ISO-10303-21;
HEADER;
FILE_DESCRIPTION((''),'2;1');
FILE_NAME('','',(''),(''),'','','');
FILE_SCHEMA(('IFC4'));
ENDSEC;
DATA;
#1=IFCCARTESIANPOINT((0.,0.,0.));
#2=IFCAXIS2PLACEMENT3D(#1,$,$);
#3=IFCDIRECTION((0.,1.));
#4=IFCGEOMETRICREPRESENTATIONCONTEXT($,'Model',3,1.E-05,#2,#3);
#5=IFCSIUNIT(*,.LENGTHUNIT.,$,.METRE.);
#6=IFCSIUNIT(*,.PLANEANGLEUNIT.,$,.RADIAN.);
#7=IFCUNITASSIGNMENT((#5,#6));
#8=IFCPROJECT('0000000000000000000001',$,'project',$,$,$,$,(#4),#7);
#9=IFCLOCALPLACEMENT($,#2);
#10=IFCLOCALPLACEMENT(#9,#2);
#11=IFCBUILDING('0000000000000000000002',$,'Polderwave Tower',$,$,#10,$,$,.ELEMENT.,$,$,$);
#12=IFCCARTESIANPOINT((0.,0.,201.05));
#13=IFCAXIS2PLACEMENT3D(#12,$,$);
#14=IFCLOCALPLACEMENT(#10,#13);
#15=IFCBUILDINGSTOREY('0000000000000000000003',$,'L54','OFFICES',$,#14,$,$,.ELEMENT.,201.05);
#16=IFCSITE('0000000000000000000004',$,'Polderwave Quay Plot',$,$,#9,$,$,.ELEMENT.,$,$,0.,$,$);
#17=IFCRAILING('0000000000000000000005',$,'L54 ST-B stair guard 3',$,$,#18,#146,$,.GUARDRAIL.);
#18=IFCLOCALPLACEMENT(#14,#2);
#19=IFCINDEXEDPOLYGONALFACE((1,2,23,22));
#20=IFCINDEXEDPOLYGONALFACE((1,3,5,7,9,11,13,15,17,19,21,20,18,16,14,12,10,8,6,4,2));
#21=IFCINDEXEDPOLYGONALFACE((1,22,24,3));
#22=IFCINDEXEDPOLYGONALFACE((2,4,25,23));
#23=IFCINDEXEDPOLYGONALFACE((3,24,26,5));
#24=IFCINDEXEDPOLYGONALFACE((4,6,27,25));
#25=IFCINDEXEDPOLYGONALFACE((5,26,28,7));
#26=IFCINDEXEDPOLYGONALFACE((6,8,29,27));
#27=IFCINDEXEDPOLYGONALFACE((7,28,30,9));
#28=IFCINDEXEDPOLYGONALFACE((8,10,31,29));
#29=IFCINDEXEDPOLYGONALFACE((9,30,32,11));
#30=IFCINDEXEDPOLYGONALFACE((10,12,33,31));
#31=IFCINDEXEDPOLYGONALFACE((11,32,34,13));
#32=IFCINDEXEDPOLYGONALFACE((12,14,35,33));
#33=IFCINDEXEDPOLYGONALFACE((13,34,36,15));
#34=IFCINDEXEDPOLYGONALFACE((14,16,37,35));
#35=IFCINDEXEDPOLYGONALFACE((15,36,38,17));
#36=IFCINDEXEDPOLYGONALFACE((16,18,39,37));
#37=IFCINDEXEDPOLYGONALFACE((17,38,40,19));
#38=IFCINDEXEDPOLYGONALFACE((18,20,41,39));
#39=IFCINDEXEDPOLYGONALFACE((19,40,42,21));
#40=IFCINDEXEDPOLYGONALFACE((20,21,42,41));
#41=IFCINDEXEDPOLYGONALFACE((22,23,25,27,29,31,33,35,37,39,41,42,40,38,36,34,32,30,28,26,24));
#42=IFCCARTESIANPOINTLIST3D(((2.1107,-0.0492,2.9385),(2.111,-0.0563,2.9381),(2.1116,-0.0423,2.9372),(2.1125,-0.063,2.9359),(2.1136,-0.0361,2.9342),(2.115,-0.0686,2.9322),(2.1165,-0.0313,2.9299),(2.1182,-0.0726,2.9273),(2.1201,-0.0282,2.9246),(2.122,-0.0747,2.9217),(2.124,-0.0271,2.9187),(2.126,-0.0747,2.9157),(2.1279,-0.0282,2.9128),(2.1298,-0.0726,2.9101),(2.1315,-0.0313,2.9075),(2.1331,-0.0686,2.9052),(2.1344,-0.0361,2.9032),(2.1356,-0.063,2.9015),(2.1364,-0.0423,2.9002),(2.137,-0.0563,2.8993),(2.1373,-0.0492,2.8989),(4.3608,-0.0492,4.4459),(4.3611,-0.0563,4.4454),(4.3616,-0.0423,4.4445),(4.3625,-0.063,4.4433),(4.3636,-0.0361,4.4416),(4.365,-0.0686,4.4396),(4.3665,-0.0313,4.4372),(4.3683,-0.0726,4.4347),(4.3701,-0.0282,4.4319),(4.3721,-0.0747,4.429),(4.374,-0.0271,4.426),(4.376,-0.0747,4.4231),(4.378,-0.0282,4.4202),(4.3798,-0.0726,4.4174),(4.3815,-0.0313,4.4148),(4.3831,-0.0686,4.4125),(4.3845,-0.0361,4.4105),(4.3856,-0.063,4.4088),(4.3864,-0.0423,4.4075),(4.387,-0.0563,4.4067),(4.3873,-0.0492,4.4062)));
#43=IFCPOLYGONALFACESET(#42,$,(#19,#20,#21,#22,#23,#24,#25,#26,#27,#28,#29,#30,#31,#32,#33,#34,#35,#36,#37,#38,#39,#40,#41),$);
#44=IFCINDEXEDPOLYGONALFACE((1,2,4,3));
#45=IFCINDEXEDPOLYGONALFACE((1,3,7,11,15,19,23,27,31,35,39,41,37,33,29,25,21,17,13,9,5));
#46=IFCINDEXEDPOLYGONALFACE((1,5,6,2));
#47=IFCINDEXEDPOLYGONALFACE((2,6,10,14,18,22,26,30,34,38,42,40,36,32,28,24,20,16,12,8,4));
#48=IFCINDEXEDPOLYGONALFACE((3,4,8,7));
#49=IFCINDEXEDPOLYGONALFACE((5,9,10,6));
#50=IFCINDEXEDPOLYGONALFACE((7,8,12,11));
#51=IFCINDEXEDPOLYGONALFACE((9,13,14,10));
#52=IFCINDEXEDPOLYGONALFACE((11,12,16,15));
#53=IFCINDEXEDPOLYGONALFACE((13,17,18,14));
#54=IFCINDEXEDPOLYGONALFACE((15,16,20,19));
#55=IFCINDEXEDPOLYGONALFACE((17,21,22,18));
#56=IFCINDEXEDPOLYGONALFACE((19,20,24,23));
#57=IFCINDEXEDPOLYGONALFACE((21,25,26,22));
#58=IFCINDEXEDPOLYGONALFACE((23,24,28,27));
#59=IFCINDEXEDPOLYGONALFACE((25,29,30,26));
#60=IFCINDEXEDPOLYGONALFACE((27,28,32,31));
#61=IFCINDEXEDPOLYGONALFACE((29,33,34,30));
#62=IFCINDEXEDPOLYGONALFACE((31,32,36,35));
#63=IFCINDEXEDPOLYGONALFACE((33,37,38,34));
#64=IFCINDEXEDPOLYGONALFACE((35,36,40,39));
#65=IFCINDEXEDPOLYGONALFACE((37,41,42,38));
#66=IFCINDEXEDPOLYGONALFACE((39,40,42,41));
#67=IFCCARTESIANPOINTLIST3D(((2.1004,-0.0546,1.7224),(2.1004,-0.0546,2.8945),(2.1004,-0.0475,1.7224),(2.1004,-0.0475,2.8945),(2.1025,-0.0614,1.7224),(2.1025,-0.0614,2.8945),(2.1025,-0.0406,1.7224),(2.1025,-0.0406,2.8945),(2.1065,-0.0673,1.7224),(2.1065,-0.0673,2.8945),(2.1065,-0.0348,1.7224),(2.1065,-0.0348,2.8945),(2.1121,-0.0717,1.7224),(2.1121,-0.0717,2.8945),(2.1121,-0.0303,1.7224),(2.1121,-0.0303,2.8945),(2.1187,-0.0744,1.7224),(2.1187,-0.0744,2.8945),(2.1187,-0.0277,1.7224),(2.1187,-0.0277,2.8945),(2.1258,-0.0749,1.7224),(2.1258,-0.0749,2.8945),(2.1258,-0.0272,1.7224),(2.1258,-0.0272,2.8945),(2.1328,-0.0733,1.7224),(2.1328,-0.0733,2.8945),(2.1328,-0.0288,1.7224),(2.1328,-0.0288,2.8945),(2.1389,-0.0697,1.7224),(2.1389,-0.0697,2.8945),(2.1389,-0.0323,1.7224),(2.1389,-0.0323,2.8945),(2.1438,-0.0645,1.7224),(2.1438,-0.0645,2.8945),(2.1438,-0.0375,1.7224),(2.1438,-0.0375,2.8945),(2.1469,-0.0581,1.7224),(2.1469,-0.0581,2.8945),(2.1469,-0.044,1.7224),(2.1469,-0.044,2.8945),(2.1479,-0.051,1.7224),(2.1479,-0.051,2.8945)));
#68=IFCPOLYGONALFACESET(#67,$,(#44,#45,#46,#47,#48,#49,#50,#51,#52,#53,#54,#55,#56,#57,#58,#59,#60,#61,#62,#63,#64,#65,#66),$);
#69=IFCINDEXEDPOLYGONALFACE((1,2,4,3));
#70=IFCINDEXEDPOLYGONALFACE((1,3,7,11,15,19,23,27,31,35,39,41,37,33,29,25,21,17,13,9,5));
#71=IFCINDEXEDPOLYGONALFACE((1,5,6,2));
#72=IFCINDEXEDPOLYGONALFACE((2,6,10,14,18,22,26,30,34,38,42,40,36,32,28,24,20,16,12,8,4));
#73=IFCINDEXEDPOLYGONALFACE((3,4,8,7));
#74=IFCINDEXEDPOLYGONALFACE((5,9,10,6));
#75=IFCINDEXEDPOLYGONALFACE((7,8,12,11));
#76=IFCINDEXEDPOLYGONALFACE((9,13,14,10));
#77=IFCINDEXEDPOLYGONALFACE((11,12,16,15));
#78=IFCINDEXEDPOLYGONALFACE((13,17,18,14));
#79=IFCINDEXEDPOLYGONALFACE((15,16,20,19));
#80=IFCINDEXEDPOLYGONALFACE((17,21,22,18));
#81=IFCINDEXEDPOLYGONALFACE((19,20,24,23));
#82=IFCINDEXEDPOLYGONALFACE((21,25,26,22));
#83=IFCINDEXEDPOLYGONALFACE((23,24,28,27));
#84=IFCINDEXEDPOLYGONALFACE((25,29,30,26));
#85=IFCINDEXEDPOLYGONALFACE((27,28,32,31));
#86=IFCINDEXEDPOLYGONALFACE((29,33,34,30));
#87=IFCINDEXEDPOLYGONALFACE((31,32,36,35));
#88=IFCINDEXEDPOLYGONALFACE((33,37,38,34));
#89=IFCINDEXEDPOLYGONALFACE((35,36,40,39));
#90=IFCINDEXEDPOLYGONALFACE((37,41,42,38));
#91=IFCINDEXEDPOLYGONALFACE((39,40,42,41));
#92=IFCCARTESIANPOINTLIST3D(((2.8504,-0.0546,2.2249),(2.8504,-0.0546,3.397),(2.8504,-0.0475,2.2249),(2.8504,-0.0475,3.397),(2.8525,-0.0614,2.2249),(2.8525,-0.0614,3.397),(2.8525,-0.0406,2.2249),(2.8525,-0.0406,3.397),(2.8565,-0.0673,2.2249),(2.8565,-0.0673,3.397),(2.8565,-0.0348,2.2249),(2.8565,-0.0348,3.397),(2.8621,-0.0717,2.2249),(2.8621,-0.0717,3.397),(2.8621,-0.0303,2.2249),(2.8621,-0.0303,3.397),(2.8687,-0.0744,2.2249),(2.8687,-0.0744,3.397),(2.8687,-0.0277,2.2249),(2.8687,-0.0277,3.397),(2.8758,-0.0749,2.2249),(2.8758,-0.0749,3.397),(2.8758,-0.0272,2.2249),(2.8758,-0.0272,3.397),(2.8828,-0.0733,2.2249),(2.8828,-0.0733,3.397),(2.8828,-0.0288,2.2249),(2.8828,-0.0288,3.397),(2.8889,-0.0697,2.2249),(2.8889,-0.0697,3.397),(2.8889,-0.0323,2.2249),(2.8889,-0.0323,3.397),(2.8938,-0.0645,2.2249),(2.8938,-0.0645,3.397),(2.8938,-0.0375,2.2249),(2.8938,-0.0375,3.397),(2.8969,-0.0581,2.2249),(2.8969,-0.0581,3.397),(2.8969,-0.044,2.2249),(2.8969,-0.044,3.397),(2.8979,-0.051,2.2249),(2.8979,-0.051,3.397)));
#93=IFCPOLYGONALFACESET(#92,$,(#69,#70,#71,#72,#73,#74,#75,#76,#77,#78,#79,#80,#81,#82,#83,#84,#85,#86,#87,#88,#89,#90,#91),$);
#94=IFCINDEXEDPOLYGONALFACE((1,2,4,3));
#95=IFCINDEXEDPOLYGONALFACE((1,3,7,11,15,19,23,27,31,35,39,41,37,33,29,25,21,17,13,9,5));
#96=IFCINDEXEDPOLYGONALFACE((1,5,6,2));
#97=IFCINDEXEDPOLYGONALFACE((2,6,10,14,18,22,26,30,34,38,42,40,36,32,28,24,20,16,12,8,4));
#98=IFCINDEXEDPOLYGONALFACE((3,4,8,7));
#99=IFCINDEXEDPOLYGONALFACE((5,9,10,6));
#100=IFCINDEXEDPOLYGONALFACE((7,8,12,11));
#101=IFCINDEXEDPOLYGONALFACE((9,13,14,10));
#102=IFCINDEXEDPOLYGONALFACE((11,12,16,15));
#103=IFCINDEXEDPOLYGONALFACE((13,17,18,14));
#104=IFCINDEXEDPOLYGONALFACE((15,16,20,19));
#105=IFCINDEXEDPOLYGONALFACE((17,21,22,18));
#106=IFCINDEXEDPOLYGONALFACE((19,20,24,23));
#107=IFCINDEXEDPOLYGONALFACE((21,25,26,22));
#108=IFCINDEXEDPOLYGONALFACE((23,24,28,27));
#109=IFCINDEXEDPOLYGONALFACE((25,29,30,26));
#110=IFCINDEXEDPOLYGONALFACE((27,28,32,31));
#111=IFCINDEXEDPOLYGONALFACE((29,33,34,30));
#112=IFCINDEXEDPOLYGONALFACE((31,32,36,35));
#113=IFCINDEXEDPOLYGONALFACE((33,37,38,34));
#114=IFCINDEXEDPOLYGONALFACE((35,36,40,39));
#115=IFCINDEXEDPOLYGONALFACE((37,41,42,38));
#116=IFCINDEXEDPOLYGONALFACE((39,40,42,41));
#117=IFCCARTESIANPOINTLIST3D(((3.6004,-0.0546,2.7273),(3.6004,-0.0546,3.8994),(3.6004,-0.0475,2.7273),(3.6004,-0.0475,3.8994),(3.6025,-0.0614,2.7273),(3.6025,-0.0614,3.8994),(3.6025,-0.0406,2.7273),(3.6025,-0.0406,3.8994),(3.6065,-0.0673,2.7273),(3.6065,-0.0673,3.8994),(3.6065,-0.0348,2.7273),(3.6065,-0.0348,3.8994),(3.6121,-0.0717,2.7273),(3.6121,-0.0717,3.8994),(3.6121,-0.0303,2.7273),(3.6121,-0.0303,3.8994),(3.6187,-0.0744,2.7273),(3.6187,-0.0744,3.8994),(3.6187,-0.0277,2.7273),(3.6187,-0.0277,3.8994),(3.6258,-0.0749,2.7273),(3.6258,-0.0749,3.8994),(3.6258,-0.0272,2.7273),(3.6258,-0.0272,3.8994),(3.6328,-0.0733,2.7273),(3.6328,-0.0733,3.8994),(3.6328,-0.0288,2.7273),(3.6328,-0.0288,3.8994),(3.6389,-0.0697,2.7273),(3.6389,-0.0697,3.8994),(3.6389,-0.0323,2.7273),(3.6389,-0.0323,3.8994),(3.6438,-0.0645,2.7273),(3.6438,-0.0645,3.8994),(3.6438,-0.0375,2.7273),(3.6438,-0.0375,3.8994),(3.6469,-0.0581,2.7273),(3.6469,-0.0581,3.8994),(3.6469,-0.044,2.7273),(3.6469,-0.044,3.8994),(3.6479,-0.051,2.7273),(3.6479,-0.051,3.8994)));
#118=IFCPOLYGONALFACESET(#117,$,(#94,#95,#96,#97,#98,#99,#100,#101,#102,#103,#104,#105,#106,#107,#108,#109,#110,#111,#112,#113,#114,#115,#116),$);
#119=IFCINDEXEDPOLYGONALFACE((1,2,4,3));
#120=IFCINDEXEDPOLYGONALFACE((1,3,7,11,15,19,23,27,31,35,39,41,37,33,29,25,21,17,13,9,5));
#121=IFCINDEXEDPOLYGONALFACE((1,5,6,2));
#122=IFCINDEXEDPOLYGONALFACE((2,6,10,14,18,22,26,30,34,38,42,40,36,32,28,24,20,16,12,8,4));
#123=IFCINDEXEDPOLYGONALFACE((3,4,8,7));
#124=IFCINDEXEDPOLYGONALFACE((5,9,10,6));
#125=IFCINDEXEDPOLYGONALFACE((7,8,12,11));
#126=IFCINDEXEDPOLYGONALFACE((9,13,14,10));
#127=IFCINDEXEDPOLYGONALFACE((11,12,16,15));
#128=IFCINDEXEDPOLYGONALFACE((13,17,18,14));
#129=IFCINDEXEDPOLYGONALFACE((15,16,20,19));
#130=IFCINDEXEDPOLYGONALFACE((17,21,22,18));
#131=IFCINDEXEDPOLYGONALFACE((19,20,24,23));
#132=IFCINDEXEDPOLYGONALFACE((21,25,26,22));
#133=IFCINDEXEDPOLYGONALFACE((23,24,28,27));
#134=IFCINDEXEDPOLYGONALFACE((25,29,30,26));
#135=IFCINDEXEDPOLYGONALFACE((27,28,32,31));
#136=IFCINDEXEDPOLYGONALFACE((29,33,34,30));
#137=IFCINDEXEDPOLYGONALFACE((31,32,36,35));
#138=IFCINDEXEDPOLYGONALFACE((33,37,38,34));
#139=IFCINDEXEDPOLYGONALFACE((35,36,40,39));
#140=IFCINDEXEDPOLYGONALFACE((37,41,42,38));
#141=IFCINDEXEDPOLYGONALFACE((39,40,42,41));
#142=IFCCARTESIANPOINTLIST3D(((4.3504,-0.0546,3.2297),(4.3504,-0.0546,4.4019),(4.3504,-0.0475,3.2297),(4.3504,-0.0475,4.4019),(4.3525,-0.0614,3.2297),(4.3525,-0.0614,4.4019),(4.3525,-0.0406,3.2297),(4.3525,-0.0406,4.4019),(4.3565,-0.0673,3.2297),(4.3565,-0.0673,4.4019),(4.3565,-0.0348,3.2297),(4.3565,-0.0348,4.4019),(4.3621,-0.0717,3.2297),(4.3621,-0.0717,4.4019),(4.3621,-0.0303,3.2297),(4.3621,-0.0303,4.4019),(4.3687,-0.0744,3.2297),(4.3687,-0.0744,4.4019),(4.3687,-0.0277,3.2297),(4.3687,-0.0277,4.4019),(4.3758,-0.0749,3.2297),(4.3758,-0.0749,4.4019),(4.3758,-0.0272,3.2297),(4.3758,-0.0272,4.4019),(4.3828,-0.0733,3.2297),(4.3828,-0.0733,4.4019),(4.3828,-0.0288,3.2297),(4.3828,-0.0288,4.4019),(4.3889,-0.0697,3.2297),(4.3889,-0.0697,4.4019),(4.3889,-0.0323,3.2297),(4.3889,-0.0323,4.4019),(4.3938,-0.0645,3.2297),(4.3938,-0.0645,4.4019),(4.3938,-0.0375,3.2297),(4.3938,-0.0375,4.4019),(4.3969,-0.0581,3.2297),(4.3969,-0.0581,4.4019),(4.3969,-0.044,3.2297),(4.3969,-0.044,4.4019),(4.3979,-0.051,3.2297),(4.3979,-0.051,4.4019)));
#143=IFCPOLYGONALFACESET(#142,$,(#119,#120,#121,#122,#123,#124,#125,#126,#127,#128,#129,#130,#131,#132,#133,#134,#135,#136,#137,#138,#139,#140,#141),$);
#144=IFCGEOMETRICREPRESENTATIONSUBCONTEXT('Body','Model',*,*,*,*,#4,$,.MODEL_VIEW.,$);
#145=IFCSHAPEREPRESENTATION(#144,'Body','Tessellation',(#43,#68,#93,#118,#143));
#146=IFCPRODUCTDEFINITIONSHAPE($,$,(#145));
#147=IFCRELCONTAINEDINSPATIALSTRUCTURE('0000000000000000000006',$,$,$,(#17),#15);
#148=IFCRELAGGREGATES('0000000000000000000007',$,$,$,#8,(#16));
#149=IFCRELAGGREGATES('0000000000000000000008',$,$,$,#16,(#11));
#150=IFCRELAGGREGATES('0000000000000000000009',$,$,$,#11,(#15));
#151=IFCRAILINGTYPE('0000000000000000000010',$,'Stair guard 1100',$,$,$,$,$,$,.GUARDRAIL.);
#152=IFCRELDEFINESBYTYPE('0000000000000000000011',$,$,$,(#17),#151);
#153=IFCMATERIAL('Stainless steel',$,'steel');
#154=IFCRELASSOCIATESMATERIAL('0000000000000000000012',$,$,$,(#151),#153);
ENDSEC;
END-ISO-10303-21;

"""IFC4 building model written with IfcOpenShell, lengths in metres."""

from ifc_helpers import new_model, si_unit, direction, frame, origin, origin_2d, place, context, subcontext, project, spatial, circle, extrude, material, type_object, element, save


model = new_model("IFC4")

# Units and contexts
model_context = context("Model", 3, precision=1e-05, world=origin(), true_north=direction((0.0, 1.0)))
body_context = subcontext(model_context, "Body", "Model", "MODEL_VIEW")
ifc_project = project(units=[si_unit("LENGTHUNIT", "METRE"), si_unit("PLANEANGLEUNIT", "RADIAN")], contexts=[model_context])

# Site, building, storey
site_placement = place(None, origin())
site = spatial("IfcSite", under=ifc_project, at=site_placement, Name="Polderwave Quay Plot", CompositionType="ELEMENT", RefElevation=0.0)
building_placement = place(site_placement, origin())
building = spatial("IfcBuilding", under=site, at=building_placement, Name="Polderwave Tower", CompositionType="ELEMENT")
storey_placement = place(building_placement, frame((0.0, 0.0, 201.05)))
storey = spatial("IfcBuildingStorey", under=building, at=storey_placement, Name="L54", Description="OFFICES", CompositionType="ELEMENT", Elevation=201.05)

# Railing
ifc_material_1 = material(Name="Stainless steel", Category="steel")
railing_type_1 = type_object("IfcRailingType", Name="Stair guard 1100", PredefinedType="GUARDRAIL", material=ifc_material_1)
railing_1_placement = place(storey_placement, frame((2.124, -0.051, 1.7224)))
element("IfcRailing", 1, at=railing_1_placement, inside=storey, type_object=railing_type_1, Name="L54 ST-B stair guard 3", PredefinedType="GUARDRAIL", context=body_context, shape_type="SweptSolid", body=[
    extrude(circle(Radius=0.0239, at=origin_2d()), frame((0.0, 0.0, 1.1963), z_axis=(0.8308, 0.0, 0.556571), x_axis=(0.0, 1.0, 0.0)), (0.0, 0.0, 1.0), 2.7083),
    extrude(circle(Radius=0.0239, at=origin_2d()), origin(), (0.0, 0.0, 1.0), 1.1721),
    extrude(circle(Radius=0.0239, at=origin_2d()), frame((0.75, 0.0, 0.5024)), (0.0, 0.0, 1.0), 1.1721),
    extrude(circle(Radius=0.0239, at=origin_2d()), frame((1.5, 0.0, 1.0049)), (0.0, 0.0, 1.0), 1.1721),
    extrude(circle(Radius=0.0239, at=origin_2d()), frame((2.25, 0.0, 1.5073)), (0.0, 0.0, 1.0), 1.1721),
])

save(model, "model.ifc")
